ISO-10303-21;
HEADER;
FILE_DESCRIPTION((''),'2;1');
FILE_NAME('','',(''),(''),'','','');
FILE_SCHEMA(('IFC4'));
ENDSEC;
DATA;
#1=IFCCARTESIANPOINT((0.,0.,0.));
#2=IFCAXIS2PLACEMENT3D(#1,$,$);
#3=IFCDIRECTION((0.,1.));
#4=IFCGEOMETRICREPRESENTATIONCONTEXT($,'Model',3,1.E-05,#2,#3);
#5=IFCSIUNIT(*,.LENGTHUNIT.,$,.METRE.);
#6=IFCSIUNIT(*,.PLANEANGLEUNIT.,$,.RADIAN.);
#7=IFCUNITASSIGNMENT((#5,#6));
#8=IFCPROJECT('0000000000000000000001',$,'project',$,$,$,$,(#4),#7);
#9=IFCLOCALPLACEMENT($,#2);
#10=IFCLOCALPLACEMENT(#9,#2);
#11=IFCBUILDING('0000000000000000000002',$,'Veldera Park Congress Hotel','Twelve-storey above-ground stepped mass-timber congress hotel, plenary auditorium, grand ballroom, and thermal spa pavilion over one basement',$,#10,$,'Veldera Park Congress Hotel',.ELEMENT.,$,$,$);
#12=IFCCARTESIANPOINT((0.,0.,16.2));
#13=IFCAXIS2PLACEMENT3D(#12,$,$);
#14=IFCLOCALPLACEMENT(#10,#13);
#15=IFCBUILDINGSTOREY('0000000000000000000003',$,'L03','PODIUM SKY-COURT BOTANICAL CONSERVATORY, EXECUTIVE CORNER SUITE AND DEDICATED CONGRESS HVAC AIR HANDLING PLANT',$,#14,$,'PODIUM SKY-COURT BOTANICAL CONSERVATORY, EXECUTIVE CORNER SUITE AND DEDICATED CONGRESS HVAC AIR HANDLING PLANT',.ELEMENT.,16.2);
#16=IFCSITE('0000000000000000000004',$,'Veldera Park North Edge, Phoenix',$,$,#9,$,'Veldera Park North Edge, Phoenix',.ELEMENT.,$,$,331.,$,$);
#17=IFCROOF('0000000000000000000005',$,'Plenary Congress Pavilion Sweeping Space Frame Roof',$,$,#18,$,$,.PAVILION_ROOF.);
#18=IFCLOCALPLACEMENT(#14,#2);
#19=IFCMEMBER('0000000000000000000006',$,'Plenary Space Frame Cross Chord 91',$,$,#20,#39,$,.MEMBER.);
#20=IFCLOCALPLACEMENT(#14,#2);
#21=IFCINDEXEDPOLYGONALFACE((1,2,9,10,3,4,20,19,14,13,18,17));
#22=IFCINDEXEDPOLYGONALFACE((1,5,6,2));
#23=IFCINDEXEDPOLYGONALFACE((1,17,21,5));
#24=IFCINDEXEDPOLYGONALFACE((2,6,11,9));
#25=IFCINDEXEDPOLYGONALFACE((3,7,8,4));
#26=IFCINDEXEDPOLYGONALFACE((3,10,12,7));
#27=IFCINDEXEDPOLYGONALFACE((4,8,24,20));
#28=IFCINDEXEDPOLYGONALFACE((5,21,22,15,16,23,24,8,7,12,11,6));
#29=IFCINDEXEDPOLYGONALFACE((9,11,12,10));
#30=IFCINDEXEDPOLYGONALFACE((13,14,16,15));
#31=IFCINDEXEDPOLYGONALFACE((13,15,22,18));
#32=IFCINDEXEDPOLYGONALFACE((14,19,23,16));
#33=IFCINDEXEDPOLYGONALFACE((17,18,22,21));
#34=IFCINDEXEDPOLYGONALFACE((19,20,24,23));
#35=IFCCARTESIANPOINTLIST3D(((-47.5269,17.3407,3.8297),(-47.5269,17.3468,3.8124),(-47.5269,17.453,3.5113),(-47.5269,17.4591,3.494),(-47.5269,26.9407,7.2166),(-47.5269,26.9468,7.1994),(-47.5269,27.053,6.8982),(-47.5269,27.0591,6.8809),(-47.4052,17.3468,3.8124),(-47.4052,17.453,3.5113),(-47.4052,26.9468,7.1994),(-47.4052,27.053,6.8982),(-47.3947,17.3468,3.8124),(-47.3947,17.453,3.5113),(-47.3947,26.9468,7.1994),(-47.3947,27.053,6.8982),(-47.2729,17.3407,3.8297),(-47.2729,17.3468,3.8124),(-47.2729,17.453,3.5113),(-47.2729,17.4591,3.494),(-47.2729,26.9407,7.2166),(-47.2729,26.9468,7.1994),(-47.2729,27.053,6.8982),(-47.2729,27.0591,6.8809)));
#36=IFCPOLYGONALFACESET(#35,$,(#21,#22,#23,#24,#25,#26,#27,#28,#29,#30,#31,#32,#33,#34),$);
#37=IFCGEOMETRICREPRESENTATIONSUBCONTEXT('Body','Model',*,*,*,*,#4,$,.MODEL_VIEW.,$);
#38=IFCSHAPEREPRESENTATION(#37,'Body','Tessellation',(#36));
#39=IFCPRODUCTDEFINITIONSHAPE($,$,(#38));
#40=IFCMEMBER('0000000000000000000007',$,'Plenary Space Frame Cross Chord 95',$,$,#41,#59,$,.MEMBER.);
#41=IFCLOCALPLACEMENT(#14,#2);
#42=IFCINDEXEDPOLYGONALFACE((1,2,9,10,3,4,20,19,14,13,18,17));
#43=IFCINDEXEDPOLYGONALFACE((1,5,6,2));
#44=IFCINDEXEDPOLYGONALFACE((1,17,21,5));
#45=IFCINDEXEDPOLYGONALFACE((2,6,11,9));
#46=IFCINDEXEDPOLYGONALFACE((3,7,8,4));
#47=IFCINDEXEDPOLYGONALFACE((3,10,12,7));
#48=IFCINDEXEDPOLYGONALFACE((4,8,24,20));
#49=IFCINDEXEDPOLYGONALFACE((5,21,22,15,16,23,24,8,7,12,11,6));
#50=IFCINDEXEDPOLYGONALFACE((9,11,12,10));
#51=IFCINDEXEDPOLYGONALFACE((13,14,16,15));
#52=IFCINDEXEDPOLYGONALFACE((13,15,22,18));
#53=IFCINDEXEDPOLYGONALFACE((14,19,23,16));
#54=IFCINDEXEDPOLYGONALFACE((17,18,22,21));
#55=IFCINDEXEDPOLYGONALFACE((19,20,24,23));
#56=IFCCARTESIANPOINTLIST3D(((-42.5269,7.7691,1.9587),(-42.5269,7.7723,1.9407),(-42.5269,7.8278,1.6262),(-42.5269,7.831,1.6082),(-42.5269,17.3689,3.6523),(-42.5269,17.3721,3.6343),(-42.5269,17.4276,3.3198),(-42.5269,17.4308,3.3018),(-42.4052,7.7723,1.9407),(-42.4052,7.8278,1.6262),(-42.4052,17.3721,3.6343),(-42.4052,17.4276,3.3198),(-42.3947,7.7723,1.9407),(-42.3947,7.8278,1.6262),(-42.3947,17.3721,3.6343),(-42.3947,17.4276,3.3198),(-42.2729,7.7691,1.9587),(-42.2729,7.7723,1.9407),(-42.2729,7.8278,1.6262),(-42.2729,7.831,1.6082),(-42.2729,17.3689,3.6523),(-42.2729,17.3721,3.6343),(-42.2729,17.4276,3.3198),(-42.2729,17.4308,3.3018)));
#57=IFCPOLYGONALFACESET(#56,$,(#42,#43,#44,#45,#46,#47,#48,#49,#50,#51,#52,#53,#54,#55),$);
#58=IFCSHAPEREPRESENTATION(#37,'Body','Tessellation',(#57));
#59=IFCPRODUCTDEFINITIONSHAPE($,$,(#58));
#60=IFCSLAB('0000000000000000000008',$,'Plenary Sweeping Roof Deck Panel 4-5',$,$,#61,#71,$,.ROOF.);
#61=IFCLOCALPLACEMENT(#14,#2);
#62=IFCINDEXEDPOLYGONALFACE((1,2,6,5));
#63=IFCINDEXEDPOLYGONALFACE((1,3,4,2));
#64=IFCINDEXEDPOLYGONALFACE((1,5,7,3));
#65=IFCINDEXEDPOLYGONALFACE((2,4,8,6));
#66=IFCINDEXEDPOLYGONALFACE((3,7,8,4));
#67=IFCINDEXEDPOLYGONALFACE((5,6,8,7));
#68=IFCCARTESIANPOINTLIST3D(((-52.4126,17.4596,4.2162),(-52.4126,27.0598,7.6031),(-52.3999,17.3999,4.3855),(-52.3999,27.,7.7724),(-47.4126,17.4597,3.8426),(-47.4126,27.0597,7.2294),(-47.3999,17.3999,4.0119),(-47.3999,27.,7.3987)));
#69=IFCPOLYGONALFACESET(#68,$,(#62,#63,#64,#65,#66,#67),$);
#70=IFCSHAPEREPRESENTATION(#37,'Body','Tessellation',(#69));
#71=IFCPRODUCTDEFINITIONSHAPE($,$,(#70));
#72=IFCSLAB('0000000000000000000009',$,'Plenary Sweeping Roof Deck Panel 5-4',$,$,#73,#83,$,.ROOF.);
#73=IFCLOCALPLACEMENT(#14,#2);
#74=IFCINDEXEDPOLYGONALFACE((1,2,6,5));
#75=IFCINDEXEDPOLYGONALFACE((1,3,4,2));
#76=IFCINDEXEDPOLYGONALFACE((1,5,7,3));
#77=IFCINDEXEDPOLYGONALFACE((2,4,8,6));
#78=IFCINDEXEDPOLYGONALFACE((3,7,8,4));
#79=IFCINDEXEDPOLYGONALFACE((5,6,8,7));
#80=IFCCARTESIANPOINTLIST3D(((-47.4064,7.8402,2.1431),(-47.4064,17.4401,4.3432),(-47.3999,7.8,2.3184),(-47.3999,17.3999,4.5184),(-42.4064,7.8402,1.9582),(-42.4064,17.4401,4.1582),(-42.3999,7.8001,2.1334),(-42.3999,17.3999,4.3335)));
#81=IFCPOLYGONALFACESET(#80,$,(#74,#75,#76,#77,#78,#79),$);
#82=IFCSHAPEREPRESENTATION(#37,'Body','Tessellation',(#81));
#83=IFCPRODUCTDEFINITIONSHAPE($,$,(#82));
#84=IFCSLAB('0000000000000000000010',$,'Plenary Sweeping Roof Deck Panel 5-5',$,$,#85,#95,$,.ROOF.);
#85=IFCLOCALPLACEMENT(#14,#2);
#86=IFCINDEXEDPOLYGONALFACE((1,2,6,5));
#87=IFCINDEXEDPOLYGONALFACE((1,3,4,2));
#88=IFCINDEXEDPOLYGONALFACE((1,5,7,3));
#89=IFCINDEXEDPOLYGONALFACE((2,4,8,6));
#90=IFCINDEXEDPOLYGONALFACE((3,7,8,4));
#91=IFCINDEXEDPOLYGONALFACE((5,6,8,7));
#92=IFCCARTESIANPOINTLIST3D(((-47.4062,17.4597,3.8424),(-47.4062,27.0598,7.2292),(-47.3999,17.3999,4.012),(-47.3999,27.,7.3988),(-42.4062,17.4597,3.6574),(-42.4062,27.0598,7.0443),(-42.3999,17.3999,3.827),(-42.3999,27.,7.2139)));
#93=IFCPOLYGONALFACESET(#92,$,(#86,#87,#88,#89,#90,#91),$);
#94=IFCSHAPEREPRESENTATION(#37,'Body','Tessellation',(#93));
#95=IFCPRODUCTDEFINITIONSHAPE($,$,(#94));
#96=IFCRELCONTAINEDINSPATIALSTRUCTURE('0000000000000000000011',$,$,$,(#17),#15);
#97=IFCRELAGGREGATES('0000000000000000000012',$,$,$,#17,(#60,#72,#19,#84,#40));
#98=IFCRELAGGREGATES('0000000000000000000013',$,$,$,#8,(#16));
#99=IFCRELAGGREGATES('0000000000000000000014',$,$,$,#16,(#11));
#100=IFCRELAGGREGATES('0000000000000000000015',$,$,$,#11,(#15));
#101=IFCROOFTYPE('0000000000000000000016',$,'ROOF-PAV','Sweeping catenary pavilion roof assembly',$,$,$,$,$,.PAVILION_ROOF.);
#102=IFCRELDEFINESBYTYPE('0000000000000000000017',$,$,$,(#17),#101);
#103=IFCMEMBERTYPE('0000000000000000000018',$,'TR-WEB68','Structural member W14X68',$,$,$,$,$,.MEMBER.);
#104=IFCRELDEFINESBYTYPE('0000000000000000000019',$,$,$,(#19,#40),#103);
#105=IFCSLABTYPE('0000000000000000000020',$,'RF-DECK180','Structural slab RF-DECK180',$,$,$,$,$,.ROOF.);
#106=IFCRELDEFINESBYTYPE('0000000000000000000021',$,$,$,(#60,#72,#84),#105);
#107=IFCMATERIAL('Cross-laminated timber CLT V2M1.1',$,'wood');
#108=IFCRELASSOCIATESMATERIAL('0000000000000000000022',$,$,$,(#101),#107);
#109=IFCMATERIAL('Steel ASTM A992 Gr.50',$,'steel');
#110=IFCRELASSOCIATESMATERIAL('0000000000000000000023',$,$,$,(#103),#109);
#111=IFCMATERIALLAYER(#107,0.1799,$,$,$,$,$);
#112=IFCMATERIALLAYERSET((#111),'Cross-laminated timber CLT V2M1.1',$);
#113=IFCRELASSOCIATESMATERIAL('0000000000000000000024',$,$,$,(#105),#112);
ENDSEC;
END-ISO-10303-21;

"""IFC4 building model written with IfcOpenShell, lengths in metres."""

from ifc_helpers import new_model, si_unit, direction, frame, origin, origin_2d, place, context, subcontext, project, spatial, polyline, i_section, outline, extrude, material, layer, layer_set, material_profile, profile_set, type_object, element, aggregate, save


model = new_model("IFC4")

# Units and contexts
model_context = context("Model", 3, precision=1e-05, world=origin(), true_north=direction((0.0, 1.0)))
body_context = subcontext(model_context, "Body", "Model", "MODEL_VIEW")
ifc_project = project(units=[si_unit("LENGTHUNIT", "METRE"), si_unit("PLANEANGLEUNIT", "RADIAN")], contexts=[model_context])

# Site, building, storey
site_placement = place(None, origin())
site = spatial("IfcSite", under=ifc_project, at=site_placement, Name="Veldera Park North Edge, Phoenix", LongName="Veldera Park North Edge, Phoenix", CompositionType="ELEMENT", RefElevation=331.0)
building_placement = place(site_placement, origin())
building = spatial("IfcBuilding", under=site, at=building_placement, Name="Veldera Park Congress Hotel", Description="Twelve-storey above-ground stepped mass-timber congress hotel, plenary auditorium, grand ballroom, and thermal spa pavilion over one basement", LongName="Veldera Park Congress Hotel", CompositionType="ELEMENT")
storey_placement = place(building_placement, frame((0.0, 0.0, 16.2)))
storey = spatial("IfcBuildingStorey", under=building, at=storey_placement, Name="L03", Description="PODIUM SKY-COURT BOTANICAL CONSERVATORY, EXECUTIVE CORNER SUITE AND DEDICATED CONGRESS HVAC AIR HANDLING PLANT", LongName="PODIUM SKY-COURT BOTANICAL CONSERVATORY, EXECUTIVE CORNER SUITE AND DEDICATED CONGRESS HVAC AIR HANDLING PLANT", CompositionType="ELEMENT", Elevation=16.2)

# Roof, members, slabs
ifc_material_1 = material(Name="Cross-laminated timber CLT V2M1.1", Category="wood")
roof_type = type_object("IfcRoofType", Name="ROOF-PAV", Description="Sweeping catenary pavilion roof assembly", PredefinedType="PAVILION_ROOF", material=ifc_material_1)
roof_placement = place(storey_placement, origin())
roof = element("IfcRoof", 1, at=roof_placement, inside=storey, type_object=roof_type, Name="Plenary Congress Pavilion Sweeping Space Frame Roof", PredefinedType="PAVILION_ROOF")
ifc_material_2 = material(Name="Steel ASTM A992 Gr.50", Category="steel")
ifc_material_profile_1 = material_profile(ifc_material_2, i_section(OverallWidth=0.2539, OverallDepth=0.356, WebThickness=0.0105, FlangeThickness=0.0183, at=origin_2d()), Name="W14X68")
ifc_profile_set_1 = profile_set([ifc_material_profile_1], Name="Steel ASTM A992 Gr.50")
member_type_1 = type_object("IfcMemberType", Name="TR-WEB68", Description="Structural member W14X68", PredefinedType="MEMBER", material=ifc_profile_set_1)
member_1_placement = place(storey_placement, frame((-47.3999, 17.3999, 3.6619), z_axis=(0.0, 0.943031, 0.332706), x_axis=(-1.0, 0.0, 0.0)))
member_1 = element("IfcMember", 2, at=member_1_placement, type_object=member_type_1, Name="Plenary Space Frame Cross Chord 91", PredefinedType="MEMBER", context=body_context, shape_type="SweptSolid", body=[
    extrude(i_section(OverallWidth=0.2539, OverallDepth=0.356, WebThickness=0.0105, FlangeThickness=0.0183, at=origin_2d()), origin(), (0.0, 0.0, 1.0), 10.1799),
])
member_2_placement = place(storey_placement, frame((-42.3999, 7.8, 1.7834), z_axis=(0.0, 0.984792, 0.173737), x_axis=(-1.0, 0.0, 0.0)))
member_2 = element("IfcMember", 3, at=member_2_placement, type_object=member_type_1, Name="Plenary Space Frame Cross Chord 95", PredefinedType="MEMBER", context=body_context, shape_type="SweptSolid", body=[
    extrude(i_section(OverallWidth=0.2539, OverallDepth=0.356, WebThickness=0.0105, FlangeThickness=0.0183, at=origin_2d()), origin(), (0.0, 0.0, 1.0), 9.748),
])
ifc_layer = layer(ifc_material_1, 0.1799)
ifc_layer_set = layer_set([ifc_layer], Name="Cross-laminated timber CLT V2M1.1")
slab_type = type_object("IfcSlabType", Name="RF-DECK180", Description="Structural slab RF-DECK180", PredefinedType="ROOF", material=ifc_layer_set)
slab_1_placement = place(storey_placement, frame((-52.3999, 17.3999, 4.3855), z_axis=(0.0703, -0.331872, 0.940701), x_axis=(0.997219, 0.000008, -0.074521)))
slab_1 = element("IfcSlab", 4, at=slab_1_placement, type_object=slab_type, Name="Plenary Sweeping Roof Deck Panel 4-5", PredefinedType="ROOF", context=body_context, shape_type="SweptSolid", body=[
    extrude(outline(polyline([(0.0, 0.0), (5.0139, 0.0), (4.7616, 10.1768), (-0.2523, 10.1769), (0.0, 0.0)])), origin(), (0.0, 0.0, -1.0), 0.1799),
])
slab_2_placement = place(storey_placement, frame((-47.3999, 7.8, 2.3184), z_axis=(0.036029, -0.223241, 0.974097), x_axis=(0.999317, 0.000005, -0.036961)))
slab_2 = element("IfcSlab", 5, at=slab_2_placement, type_object=slab_type, Name="Plenary Sweeping Roof Deck Panel 5-4", PredefinedType="ROOF", context=body_context, shape_type="SweptSolid", body=[
    extrude(outline(polyline([(0.0, 0.0), (5.0034, 0.0), (4.9222, 9.8484), (-0.0813, 9.8484), (0.0, 0.0)])), origin(), (0.0, 0.0, -1.0), 0.1799),
])
slab_3_placement = place(storey_placement, frame((-47.3999, 17.3999, 4.012), z_axis=(0.034859, -0.332493, 0.942461), x_axis=(0.999317, -0.000008, -0.036965)))
slab_3 = element("IfcSlab", 6, at=slab_3_placement, type_object=slab_type, Name="Plenary Sweeping Roof Deck Panel 5-5", PredefinedType="ROOF", context=body_context, shape_type="SweptSolid", body=[
    extrude(outline(polyline([(0.0, 0.0), (5.0034, 0.0), (4.8782, 10.1793), (-0.1253, 10.1792), (0.0, 0.0)])), origin(), (0.0, 0.0, -1.0), 0.1799),
])
aggregate(roof, [slab_1, slab_2, member_1, slab_3, member_2])

save(model, "model.ifc")
